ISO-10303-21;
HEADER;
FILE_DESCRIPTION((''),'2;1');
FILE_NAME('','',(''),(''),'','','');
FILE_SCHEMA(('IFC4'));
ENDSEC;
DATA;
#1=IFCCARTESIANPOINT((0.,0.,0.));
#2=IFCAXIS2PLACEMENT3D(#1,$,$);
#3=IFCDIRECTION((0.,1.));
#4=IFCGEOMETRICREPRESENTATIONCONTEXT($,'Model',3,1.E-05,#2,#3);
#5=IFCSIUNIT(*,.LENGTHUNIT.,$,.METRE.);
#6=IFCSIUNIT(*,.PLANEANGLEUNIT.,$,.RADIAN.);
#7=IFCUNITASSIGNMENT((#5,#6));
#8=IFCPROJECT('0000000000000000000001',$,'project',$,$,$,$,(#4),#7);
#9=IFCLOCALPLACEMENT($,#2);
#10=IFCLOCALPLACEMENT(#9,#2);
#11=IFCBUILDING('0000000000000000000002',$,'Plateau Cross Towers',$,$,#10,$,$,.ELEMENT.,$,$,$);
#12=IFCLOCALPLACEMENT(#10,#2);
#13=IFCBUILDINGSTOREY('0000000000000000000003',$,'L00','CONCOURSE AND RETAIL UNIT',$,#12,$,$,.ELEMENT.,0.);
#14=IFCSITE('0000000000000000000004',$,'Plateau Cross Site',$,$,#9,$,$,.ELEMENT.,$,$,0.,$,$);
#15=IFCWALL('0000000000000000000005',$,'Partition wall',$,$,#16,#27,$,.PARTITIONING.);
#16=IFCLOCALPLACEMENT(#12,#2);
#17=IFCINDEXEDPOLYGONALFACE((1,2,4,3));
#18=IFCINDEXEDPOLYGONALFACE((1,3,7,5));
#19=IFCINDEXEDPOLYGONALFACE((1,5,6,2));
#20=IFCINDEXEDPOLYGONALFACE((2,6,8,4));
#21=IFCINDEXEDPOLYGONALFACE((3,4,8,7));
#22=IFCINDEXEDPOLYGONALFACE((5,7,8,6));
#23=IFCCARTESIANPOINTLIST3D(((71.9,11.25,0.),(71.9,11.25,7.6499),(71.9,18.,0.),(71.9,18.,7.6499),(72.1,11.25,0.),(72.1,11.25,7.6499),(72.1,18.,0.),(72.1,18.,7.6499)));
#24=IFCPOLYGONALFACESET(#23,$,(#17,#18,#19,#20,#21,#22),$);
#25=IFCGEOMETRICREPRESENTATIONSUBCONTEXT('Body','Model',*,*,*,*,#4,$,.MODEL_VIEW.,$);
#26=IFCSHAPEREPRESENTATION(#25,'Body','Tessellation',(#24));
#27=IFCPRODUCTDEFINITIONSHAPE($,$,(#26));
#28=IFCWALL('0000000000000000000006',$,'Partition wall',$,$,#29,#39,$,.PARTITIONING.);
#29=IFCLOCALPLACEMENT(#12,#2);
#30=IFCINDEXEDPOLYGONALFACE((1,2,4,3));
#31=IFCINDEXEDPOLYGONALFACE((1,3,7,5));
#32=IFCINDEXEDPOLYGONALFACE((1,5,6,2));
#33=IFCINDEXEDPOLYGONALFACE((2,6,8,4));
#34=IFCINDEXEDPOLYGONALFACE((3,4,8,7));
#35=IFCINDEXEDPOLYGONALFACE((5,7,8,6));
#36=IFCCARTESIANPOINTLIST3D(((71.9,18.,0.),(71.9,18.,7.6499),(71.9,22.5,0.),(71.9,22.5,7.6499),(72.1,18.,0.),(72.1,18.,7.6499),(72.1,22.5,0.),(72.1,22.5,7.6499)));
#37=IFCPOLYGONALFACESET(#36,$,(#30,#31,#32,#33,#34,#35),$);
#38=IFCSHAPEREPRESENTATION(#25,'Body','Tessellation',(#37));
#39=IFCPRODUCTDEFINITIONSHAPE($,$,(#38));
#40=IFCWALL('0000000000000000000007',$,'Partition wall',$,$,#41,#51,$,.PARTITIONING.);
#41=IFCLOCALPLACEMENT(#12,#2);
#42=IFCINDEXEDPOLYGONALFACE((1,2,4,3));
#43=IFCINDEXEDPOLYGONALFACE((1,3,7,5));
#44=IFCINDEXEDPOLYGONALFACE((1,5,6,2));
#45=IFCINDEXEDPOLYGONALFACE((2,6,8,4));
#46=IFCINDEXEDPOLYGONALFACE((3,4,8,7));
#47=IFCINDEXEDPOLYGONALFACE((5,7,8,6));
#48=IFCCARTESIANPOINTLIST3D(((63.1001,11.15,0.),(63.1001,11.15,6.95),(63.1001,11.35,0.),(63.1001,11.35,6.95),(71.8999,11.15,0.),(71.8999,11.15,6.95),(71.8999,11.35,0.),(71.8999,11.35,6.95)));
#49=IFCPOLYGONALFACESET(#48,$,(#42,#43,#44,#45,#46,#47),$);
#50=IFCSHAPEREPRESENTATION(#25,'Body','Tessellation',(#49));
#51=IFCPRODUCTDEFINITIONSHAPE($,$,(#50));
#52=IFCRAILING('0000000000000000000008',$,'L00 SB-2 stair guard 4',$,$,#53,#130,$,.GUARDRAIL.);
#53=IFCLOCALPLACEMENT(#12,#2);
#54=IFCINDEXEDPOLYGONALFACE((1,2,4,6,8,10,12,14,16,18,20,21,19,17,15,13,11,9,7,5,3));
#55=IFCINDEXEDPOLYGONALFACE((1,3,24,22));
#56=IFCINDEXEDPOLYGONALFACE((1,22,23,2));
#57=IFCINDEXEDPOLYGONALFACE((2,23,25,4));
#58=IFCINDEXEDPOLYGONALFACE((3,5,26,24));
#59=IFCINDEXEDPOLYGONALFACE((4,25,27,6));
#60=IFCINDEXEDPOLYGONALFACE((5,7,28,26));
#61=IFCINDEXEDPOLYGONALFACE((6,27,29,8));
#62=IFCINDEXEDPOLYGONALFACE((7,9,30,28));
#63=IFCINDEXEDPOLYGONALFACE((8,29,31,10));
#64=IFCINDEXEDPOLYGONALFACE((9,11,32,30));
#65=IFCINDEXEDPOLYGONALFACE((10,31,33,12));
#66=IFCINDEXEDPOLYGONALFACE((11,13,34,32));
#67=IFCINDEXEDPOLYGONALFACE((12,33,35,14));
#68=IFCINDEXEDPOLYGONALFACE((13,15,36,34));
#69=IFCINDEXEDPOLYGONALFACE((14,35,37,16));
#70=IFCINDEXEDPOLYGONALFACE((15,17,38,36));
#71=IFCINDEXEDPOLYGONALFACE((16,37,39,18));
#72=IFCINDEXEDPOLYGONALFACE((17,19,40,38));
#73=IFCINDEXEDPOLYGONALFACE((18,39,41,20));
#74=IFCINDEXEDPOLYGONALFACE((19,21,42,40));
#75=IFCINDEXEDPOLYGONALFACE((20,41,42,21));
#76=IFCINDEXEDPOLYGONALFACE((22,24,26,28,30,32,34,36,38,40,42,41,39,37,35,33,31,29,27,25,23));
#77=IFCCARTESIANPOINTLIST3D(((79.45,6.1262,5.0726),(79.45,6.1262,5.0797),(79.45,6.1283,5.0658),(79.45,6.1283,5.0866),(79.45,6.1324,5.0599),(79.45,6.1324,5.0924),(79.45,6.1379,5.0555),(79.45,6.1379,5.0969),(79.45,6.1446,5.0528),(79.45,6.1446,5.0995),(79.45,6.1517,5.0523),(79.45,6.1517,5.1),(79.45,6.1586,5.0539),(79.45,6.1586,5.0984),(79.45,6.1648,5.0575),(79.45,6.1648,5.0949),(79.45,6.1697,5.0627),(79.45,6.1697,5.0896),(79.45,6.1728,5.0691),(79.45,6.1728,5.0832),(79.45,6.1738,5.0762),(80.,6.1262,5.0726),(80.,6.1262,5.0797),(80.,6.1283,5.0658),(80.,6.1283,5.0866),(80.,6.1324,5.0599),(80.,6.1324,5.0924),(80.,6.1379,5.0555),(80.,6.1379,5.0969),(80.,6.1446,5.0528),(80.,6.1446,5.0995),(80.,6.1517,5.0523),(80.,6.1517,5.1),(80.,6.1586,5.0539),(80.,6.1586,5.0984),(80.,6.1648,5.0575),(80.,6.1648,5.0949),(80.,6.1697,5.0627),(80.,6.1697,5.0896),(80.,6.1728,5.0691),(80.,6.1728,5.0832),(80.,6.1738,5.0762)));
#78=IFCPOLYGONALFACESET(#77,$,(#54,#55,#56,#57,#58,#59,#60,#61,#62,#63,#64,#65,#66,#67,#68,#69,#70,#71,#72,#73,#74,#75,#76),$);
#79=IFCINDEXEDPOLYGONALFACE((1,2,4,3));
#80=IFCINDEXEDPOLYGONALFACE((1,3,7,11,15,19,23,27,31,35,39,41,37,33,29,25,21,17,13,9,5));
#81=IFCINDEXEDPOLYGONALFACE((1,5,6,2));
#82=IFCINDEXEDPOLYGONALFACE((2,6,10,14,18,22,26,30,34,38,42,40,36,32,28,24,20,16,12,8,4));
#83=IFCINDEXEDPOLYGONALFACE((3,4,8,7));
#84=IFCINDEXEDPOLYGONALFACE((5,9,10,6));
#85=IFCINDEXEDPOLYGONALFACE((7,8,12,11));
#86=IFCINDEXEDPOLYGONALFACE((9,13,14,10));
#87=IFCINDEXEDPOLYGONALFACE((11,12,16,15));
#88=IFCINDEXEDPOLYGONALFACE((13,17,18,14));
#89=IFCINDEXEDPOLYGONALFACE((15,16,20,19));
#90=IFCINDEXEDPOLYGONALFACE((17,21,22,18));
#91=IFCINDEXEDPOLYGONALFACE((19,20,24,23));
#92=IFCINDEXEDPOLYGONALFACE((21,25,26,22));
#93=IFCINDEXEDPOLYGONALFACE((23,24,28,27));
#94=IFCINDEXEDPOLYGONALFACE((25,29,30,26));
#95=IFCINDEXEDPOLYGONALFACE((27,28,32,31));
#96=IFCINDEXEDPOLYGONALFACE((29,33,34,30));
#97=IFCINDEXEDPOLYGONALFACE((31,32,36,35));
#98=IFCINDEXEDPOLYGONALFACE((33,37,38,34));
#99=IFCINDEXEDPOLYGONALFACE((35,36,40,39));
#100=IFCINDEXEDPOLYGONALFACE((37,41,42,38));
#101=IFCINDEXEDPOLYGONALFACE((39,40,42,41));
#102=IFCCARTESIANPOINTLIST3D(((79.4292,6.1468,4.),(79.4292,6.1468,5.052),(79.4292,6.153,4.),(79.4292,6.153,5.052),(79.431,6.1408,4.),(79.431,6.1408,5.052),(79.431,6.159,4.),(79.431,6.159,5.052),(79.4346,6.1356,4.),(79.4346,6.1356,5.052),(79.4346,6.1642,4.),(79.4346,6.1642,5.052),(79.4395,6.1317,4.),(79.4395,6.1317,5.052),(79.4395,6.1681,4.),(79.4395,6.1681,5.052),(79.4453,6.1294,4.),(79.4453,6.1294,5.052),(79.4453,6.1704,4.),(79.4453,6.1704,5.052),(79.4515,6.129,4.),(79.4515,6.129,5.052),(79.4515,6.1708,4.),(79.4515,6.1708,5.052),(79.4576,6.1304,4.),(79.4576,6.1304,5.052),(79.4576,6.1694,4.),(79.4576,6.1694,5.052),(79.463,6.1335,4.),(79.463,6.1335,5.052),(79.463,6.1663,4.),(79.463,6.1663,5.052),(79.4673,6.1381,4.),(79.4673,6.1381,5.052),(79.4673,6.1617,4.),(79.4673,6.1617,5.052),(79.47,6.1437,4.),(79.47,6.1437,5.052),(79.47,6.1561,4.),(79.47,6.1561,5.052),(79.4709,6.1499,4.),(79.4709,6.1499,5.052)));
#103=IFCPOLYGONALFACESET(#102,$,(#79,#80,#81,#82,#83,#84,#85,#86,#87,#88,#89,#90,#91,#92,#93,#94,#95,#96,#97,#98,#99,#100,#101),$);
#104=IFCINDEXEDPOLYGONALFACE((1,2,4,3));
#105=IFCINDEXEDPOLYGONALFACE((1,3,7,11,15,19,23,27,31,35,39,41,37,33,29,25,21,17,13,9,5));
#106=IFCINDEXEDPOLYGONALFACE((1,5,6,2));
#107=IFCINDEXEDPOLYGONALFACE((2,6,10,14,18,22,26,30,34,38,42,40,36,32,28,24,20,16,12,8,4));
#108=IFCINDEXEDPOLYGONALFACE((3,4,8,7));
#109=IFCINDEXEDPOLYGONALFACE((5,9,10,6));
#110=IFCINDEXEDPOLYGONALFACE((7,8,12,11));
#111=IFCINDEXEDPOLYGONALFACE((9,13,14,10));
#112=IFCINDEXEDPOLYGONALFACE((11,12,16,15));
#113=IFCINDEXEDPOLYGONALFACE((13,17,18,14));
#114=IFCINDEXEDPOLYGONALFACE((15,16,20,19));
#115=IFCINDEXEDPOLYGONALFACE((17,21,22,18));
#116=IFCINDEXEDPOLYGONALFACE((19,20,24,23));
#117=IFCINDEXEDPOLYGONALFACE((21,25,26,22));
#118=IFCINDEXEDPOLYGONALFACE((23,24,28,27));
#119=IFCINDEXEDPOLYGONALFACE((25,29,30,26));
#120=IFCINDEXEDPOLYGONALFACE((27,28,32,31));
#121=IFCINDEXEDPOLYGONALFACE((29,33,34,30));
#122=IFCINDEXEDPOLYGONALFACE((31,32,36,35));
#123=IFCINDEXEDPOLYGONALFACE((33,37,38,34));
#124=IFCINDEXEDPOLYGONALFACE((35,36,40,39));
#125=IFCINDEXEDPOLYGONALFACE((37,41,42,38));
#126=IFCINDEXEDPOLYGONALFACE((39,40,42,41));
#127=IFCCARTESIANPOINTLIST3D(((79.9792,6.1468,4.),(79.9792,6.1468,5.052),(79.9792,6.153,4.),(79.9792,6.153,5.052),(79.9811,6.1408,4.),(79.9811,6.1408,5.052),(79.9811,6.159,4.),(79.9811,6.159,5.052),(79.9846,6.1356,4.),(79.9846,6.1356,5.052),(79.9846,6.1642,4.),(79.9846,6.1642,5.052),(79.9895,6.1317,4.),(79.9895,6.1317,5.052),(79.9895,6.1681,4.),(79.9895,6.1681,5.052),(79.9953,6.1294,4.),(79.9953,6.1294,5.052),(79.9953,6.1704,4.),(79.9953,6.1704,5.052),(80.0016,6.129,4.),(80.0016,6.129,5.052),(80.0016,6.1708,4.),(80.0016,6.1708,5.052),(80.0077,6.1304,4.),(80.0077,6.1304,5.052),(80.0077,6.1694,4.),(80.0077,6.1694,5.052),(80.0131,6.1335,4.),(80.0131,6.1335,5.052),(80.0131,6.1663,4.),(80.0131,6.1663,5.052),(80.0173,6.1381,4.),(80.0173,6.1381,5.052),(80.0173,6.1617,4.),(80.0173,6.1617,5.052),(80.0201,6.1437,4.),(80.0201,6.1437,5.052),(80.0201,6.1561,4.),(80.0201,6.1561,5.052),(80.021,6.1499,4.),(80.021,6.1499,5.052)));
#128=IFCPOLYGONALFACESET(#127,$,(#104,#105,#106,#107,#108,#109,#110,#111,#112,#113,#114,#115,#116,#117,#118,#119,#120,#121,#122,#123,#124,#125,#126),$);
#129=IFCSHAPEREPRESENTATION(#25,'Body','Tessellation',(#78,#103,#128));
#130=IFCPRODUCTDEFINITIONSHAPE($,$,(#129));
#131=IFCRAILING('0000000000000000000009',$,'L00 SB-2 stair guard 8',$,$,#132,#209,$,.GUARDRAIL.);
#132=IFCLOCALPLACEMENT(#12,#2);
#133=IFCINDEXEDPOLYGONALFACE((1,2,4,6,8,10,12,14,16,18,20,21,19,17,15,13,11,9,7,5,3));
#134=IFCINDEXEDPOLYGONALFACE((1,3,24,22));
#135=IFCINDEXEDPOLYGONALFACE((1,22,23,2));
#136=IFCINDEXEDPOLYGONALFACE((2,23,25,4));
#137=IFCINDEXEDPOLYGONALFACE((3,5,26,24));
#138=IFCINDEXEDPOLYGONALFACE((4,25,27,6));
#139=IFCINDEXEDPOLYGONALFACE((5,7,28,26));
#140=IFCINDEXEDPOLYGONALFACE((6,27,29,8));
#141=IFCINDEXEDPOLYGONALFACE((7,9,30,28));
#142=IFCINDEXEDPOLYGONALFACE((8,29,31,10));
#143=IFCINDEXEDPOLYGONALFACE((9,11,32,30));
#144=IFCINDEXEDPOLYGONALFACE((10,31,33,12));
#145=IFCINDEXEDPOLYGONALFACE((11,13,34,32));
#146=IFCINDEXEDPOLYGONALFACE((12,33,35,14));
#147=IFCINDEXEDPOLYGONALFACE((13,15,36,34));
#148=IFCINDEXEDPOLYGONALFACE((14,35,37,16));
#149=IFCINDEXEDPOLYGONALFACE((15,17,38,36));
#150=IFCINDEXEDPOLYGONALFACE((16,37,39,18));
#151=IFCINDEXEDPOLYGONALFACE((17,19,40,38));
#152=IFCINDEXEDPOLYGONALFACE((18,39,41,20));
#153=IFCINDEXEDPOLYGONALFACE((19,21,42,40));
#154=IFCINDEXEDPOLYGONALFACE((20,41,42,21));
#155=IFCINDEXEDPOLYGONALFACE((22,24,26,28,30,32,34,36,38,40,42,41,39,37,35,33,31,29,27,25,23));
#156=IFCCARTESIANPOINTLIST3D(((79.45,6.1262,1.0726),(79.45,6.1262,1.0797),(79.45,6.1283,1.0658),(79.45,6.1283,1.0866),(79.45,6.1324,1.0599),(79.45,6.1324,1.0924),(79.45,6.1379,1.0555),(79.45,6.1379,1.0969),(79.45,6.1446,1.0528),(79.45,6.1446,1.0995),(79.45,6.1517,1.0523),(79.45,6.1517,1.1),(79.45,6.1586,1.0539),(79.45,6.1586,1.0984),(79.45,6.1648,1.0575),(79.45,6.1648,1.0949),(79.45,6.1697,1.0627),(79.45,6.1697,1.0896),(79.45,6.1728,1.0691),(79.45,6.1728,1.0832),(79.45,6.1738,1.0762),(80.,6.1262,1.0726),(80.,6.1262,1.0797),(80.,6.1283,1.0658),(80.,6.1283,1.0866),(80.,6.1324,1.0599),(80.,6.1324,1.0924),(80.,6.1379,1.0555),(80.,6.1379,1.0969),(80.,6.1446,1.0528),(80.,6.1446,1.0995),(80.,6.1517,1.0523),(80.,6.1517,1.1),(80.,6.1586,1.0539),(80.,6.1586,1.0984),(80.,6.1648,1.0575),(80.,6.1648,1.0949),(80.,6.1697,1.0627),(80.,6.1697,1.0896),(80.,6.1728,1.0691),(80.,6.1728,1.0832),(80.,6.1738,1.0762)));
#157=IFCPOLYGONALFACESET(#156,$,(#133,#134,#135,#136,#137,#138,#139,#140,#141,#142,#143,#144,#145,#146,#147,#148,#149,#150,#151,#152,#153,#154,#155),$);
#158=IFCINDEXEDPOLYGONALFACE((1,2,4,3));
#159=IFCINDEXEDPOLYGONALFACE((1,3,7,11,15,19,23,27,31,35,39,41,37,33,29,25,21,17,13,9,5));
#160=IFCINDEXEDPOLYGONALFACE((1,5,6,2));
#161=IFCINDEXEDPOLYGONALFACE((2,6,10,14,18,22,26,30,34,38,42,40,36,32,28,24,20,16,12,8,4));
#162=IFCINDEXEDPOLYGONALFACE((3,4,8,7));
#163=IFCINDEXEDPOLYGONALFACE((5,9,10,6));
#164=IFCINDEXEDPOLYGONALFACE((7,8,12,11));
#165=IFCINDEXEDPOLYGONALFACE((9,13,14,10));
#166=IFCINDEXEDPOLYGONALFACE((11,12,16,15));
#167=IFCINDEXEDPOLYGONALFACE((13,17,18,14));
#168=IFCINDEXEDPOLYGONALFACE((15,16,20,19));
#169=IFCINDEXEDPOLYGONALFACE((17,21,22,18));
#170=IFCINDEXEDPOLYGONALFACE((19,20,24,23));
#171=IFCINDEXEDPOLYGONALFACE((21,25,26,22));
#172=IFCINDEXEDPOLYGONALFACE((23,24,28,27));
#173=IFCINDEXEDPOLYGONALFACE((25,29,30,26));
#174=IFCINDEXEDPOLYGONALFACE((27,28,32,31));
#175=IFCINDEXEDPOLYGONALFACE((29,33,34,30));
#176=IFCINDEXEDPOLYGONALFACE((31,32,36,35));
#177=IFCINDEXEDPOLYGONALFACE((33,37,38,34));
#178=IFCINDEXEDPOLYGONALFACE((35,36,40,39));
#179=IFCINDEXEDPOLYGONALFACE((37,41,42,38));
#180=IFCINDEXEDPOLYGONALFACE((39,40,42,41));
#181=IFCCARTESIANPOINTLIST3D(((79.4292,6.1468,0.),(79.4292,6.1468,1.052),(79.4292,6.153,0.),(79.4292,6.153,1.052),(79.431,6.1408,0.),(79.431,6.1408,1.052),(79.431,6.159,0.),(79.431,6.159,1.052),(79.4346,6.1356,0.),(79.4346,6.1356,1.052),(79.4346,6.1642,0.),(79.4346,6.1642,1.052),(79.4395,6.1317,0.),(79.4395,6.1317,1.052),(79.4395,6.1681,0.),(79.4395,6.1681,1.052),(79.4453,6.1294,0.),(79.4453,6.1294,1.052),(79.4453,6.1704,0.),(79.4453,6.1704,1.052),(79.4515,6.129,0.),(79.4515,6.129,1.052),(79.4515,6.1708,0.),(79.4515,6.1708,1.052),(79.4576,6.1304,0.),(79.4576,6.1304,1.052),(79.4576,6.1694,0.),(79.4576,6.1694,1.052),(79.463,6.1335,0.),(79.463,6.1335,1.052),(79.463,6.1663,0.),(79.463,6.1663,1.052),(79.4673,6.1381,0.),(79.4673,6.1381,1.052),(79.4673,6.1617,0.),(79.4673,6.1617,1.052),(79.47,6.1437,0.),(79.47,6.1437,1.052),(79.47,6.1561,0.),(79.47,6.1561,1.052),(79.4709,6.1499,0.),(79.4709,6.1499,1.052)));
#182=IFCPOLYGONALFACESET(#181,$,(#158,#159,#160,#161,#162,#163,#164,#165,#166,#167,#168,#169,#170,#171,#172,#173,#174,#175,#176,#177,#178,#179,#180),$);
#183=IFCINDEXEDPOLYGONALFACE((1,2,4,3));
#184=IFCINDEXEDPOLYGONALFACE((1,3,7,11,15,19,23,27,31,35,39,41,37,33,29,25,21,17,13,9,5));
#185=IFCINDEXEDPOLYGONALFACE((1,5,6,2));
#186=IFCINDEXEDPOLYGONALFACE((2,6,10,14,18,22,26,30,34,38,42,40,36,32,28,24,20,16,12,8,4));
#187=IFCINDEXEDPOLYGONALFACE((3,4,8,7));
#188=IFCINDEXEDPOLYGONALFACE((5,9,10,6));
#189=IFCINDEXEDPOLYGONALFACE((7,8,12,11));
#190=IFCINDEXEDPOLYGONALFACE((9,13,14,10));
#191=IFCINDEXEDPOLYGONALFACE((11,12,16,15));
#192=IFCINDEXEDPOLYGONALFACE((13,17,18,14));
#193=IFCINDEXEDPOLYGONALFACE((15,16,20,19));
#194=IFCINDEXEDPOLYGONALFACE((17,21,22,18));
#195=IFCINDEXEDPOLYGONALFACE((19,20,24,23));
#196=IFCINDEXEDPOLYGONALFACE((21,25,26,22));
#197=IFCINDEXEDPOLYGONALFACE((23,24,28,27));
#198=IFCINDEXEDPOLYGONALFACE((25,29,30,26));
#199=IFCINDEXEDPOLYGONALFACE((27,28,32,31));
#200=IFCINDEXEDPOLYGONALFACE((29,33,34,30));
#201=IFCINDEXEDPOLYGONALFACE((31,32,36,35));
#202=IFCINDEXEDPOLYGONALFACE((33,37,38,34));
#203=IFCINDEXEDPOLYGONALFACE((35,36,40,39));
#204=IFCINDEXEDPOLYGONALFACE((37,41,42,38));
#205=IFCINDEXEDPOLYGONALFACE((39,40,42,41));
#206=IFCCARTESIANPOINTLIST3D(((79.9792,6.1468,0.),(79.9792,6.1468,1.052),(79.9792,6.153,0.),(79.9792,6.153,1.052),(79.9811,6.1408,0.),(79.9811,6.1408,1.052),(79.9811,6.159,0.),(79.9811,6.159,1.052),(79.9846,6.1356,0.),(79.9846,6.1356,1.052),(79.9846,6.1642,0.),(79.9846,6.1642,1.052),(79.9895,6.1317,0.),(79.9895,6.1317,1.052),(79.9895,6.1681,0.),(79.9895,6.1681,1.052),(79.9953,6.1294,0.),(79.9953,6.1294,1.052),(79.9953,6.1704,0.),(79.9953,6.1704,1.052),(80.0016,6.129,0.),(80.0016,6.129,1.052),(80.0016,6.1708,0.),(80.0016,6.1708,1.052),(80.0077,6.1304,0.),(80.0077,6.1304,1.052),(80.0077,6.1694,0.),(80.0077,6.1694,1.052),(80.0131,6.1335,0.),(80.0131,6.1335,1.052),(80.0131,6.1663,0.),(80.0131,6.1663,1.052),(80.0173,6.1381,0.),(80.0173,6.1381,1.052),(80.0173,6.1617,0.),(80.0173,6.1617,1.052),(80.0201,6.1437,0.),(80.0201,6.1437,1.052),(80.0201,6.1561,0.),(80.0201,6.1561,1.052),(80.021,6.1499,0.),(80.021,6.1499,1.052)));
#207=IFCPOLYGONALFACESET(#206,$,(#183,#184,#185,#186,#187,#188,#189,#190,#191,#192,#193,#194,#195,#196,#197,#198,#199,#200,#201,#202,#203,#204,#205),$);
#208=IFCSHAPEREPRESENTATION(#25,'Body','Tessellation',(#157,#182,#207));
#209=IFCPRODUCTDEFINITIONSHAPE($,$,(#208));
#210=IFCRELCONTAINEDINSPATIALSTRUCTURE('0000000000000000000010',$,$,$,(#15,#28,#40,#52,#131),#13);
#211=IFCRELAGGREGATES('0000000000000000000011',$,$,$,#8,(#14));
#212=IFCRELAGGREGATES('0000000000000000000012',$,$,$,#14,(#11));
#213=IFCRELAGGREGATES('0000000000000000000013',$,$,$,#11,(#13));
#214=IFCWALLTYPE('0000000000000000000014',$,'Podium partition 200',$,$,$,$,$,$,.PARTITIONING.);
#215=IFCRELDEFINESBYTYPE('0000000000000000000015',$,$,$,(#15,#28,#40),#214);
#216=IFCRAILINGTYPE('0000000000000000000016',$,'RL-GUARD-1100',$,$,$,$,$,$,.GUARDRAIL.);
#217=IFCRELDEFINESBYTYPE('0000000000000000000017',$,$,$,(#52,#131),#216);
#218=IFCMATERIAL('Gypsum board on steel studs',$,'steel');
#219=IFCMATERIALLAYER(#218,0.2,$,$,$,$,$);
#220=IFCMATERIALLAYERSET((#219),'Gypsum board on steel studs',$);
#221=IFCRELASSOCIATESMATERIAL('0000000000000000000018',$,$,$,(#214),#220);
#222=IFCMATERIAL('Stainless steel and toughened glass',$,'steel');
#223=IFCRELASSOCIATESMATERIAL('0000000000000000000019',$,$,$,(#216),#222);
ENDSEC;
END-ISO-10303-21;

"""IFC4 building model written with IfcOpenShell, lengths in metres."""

from ifc_helpers import new_model, si_unit, direction, frame, frame_2d, origin, origin_2d, place, context, subcontext, project, spatial, rectangle, circle, extrude, material, layer, layer_set, type_object, element, save


model = new_model("IFC4")

# Units and contexts
model_context = context("Model", 3, precision=1e-05, world=origin(), true_north=direction((0.0, 1.0)))
body_context = subcontext(model_context, "Body", "Model", "MODEL_VIEW")
ifc_project = project(units=[si_unit("LENGTHUNIT", "METRE"), si_unit("PLANEANGLEUNIT", "RADIAN")], contexts=[model_context])

# Site, building, storey
site_placement = place(None, origin())
site = spatial("IfcSite", under=ifc_project, at=site_placement, Name="Plateau Cross Site", CompositionType="ELEMENT", RefElevation=0.0)
building_placement = place(site_placement, origin())
building = spatial("IfcBuilding", under=site, at=building_placement, Name="Plateau Cross Towers", CompositionType="ELEMENT")
storey_placement = place(building_placement, origin())
storey = spatial("IfcBuildingStorey", under=building, at=storey_placement, Name="L00", Description="CONCOURSE AND RETAIL UNIT", CompositionType="ELEMENT", Elevation=0.0)

# Shared definitions
ifc_material_1 = material(Name="Gypsum board on steel studs", Category="steel")
ifc_layer_1 = layer(ifc_material_1, 0.2)
ifc_layer_set_1 = layer_set([ifc_layer_1], Name="Gypsum board on steel studs")
wall_type_1 = type_object("IfcWallType", Name="Podium partition 200", PredefinedType="PARTITIONING", material=ifc_layer_set_1)

# Walls
wall_1_placement = place(storey_placement, frame((72.0, 11.25, 0.0), z_axis=(0.0, 0.0, 1.0), x_axis=(0.0, 1.0, 0.0)))
element("IfcWall", 1, at=wall_1_placement, inside=storey, type_object=wall_type_1, Name="Partition wall", PredefinedType="PARTITIONING", context=body_context, shape_type="SweptSolid", body=[
    extrude(rectangle(XDim=6.75, YDim=0.2, at=frame_2d((3.375, 0.0))), origin(), (0.0, 0.0, 1.0), 7.6499),
])
wall_2_placement = place(storey_placement, frame((72.0, 18.0, 0.0), z_axis=(0.0, 0.0, 1.0), x_axis=(0.0, 1.0, 0.0)))
element("IfcWall", 2, at=wall_2_placement, inside=storey, type_object=wall_type_1, Name="Partition wall", PredefinedType="PARTITIONING", context=body_context, shape_type="SweptSolid", body=[
    extrude(rectangle(XDim=4.5, YDim=0.2, at=frame_2d((2.25, 0.0))), origin(), (0.0, 0.0, 1.0), 7.6499),
])
wall_3_placement = place(storey_placement, frame((63.1001, 11.25, 0.0), z_axis=(0.0, 0.0, 1.0), x_axis=(1.0, 0.0, 0.0)))
element("IfcWall", 3, at=wall_3_placement, inside=storey, type_object=wall_type_1, Name="Partition wall", PredefinedType="PARTITIONING", context=body_context, shape_type="SweptSolid", body=[
    extrude(rectangle(XDim=8.7998, YDim=0.2, at=frame_2d((4.3999, 0.0))), origin(), (0.0, 0.0, 1.0), 6.95),
])

# Railings
ifc_material_2 = material(Name="Stainless steel and toughened glass", Category="steel")
railing_type = type_object("IfcRailingType", Name="RL-GUARD-1100", PredefinedType="GUARDRAIL", material=ifc_material_2)
for number, where, name in (
    (4, (79.45, 6.1499, 4.0), "L00 SB-2 stair guard 4"),
    (5, (79.45, 6.1499, 0.0), "L00 SB-2 stair guard 8"),
):
    element("IfcRailing", number, at=place(storey_placement, frame(where)), inside=storey, type_object=railing_type, Name=name, PredefinedType="GUARDRAIL", context=body_context, shape_type="SweptSolid", body=[
        extrude(circle(Radius=0.0239, at=origin_2d()), frame((0.0, 0.0, 1.0762), z_axis=(1.0, 0.0, 0.0), x_axis=(0.0, 1.0, 0.0)), (0.0, 0.0, 1.0), 0.55),
        extrude(circle(Radius=0.021, at=origin_2d()), origin(), (0.0, 0.0, 1.0), 1.052),
        extrude(circle(Radius=0.021, at=origin_2d()), frame((0.55, 0.0, 0.0)), (0.0, 0.0, 1.0), 1.052),
    ])

save(model, "model.ifc")
